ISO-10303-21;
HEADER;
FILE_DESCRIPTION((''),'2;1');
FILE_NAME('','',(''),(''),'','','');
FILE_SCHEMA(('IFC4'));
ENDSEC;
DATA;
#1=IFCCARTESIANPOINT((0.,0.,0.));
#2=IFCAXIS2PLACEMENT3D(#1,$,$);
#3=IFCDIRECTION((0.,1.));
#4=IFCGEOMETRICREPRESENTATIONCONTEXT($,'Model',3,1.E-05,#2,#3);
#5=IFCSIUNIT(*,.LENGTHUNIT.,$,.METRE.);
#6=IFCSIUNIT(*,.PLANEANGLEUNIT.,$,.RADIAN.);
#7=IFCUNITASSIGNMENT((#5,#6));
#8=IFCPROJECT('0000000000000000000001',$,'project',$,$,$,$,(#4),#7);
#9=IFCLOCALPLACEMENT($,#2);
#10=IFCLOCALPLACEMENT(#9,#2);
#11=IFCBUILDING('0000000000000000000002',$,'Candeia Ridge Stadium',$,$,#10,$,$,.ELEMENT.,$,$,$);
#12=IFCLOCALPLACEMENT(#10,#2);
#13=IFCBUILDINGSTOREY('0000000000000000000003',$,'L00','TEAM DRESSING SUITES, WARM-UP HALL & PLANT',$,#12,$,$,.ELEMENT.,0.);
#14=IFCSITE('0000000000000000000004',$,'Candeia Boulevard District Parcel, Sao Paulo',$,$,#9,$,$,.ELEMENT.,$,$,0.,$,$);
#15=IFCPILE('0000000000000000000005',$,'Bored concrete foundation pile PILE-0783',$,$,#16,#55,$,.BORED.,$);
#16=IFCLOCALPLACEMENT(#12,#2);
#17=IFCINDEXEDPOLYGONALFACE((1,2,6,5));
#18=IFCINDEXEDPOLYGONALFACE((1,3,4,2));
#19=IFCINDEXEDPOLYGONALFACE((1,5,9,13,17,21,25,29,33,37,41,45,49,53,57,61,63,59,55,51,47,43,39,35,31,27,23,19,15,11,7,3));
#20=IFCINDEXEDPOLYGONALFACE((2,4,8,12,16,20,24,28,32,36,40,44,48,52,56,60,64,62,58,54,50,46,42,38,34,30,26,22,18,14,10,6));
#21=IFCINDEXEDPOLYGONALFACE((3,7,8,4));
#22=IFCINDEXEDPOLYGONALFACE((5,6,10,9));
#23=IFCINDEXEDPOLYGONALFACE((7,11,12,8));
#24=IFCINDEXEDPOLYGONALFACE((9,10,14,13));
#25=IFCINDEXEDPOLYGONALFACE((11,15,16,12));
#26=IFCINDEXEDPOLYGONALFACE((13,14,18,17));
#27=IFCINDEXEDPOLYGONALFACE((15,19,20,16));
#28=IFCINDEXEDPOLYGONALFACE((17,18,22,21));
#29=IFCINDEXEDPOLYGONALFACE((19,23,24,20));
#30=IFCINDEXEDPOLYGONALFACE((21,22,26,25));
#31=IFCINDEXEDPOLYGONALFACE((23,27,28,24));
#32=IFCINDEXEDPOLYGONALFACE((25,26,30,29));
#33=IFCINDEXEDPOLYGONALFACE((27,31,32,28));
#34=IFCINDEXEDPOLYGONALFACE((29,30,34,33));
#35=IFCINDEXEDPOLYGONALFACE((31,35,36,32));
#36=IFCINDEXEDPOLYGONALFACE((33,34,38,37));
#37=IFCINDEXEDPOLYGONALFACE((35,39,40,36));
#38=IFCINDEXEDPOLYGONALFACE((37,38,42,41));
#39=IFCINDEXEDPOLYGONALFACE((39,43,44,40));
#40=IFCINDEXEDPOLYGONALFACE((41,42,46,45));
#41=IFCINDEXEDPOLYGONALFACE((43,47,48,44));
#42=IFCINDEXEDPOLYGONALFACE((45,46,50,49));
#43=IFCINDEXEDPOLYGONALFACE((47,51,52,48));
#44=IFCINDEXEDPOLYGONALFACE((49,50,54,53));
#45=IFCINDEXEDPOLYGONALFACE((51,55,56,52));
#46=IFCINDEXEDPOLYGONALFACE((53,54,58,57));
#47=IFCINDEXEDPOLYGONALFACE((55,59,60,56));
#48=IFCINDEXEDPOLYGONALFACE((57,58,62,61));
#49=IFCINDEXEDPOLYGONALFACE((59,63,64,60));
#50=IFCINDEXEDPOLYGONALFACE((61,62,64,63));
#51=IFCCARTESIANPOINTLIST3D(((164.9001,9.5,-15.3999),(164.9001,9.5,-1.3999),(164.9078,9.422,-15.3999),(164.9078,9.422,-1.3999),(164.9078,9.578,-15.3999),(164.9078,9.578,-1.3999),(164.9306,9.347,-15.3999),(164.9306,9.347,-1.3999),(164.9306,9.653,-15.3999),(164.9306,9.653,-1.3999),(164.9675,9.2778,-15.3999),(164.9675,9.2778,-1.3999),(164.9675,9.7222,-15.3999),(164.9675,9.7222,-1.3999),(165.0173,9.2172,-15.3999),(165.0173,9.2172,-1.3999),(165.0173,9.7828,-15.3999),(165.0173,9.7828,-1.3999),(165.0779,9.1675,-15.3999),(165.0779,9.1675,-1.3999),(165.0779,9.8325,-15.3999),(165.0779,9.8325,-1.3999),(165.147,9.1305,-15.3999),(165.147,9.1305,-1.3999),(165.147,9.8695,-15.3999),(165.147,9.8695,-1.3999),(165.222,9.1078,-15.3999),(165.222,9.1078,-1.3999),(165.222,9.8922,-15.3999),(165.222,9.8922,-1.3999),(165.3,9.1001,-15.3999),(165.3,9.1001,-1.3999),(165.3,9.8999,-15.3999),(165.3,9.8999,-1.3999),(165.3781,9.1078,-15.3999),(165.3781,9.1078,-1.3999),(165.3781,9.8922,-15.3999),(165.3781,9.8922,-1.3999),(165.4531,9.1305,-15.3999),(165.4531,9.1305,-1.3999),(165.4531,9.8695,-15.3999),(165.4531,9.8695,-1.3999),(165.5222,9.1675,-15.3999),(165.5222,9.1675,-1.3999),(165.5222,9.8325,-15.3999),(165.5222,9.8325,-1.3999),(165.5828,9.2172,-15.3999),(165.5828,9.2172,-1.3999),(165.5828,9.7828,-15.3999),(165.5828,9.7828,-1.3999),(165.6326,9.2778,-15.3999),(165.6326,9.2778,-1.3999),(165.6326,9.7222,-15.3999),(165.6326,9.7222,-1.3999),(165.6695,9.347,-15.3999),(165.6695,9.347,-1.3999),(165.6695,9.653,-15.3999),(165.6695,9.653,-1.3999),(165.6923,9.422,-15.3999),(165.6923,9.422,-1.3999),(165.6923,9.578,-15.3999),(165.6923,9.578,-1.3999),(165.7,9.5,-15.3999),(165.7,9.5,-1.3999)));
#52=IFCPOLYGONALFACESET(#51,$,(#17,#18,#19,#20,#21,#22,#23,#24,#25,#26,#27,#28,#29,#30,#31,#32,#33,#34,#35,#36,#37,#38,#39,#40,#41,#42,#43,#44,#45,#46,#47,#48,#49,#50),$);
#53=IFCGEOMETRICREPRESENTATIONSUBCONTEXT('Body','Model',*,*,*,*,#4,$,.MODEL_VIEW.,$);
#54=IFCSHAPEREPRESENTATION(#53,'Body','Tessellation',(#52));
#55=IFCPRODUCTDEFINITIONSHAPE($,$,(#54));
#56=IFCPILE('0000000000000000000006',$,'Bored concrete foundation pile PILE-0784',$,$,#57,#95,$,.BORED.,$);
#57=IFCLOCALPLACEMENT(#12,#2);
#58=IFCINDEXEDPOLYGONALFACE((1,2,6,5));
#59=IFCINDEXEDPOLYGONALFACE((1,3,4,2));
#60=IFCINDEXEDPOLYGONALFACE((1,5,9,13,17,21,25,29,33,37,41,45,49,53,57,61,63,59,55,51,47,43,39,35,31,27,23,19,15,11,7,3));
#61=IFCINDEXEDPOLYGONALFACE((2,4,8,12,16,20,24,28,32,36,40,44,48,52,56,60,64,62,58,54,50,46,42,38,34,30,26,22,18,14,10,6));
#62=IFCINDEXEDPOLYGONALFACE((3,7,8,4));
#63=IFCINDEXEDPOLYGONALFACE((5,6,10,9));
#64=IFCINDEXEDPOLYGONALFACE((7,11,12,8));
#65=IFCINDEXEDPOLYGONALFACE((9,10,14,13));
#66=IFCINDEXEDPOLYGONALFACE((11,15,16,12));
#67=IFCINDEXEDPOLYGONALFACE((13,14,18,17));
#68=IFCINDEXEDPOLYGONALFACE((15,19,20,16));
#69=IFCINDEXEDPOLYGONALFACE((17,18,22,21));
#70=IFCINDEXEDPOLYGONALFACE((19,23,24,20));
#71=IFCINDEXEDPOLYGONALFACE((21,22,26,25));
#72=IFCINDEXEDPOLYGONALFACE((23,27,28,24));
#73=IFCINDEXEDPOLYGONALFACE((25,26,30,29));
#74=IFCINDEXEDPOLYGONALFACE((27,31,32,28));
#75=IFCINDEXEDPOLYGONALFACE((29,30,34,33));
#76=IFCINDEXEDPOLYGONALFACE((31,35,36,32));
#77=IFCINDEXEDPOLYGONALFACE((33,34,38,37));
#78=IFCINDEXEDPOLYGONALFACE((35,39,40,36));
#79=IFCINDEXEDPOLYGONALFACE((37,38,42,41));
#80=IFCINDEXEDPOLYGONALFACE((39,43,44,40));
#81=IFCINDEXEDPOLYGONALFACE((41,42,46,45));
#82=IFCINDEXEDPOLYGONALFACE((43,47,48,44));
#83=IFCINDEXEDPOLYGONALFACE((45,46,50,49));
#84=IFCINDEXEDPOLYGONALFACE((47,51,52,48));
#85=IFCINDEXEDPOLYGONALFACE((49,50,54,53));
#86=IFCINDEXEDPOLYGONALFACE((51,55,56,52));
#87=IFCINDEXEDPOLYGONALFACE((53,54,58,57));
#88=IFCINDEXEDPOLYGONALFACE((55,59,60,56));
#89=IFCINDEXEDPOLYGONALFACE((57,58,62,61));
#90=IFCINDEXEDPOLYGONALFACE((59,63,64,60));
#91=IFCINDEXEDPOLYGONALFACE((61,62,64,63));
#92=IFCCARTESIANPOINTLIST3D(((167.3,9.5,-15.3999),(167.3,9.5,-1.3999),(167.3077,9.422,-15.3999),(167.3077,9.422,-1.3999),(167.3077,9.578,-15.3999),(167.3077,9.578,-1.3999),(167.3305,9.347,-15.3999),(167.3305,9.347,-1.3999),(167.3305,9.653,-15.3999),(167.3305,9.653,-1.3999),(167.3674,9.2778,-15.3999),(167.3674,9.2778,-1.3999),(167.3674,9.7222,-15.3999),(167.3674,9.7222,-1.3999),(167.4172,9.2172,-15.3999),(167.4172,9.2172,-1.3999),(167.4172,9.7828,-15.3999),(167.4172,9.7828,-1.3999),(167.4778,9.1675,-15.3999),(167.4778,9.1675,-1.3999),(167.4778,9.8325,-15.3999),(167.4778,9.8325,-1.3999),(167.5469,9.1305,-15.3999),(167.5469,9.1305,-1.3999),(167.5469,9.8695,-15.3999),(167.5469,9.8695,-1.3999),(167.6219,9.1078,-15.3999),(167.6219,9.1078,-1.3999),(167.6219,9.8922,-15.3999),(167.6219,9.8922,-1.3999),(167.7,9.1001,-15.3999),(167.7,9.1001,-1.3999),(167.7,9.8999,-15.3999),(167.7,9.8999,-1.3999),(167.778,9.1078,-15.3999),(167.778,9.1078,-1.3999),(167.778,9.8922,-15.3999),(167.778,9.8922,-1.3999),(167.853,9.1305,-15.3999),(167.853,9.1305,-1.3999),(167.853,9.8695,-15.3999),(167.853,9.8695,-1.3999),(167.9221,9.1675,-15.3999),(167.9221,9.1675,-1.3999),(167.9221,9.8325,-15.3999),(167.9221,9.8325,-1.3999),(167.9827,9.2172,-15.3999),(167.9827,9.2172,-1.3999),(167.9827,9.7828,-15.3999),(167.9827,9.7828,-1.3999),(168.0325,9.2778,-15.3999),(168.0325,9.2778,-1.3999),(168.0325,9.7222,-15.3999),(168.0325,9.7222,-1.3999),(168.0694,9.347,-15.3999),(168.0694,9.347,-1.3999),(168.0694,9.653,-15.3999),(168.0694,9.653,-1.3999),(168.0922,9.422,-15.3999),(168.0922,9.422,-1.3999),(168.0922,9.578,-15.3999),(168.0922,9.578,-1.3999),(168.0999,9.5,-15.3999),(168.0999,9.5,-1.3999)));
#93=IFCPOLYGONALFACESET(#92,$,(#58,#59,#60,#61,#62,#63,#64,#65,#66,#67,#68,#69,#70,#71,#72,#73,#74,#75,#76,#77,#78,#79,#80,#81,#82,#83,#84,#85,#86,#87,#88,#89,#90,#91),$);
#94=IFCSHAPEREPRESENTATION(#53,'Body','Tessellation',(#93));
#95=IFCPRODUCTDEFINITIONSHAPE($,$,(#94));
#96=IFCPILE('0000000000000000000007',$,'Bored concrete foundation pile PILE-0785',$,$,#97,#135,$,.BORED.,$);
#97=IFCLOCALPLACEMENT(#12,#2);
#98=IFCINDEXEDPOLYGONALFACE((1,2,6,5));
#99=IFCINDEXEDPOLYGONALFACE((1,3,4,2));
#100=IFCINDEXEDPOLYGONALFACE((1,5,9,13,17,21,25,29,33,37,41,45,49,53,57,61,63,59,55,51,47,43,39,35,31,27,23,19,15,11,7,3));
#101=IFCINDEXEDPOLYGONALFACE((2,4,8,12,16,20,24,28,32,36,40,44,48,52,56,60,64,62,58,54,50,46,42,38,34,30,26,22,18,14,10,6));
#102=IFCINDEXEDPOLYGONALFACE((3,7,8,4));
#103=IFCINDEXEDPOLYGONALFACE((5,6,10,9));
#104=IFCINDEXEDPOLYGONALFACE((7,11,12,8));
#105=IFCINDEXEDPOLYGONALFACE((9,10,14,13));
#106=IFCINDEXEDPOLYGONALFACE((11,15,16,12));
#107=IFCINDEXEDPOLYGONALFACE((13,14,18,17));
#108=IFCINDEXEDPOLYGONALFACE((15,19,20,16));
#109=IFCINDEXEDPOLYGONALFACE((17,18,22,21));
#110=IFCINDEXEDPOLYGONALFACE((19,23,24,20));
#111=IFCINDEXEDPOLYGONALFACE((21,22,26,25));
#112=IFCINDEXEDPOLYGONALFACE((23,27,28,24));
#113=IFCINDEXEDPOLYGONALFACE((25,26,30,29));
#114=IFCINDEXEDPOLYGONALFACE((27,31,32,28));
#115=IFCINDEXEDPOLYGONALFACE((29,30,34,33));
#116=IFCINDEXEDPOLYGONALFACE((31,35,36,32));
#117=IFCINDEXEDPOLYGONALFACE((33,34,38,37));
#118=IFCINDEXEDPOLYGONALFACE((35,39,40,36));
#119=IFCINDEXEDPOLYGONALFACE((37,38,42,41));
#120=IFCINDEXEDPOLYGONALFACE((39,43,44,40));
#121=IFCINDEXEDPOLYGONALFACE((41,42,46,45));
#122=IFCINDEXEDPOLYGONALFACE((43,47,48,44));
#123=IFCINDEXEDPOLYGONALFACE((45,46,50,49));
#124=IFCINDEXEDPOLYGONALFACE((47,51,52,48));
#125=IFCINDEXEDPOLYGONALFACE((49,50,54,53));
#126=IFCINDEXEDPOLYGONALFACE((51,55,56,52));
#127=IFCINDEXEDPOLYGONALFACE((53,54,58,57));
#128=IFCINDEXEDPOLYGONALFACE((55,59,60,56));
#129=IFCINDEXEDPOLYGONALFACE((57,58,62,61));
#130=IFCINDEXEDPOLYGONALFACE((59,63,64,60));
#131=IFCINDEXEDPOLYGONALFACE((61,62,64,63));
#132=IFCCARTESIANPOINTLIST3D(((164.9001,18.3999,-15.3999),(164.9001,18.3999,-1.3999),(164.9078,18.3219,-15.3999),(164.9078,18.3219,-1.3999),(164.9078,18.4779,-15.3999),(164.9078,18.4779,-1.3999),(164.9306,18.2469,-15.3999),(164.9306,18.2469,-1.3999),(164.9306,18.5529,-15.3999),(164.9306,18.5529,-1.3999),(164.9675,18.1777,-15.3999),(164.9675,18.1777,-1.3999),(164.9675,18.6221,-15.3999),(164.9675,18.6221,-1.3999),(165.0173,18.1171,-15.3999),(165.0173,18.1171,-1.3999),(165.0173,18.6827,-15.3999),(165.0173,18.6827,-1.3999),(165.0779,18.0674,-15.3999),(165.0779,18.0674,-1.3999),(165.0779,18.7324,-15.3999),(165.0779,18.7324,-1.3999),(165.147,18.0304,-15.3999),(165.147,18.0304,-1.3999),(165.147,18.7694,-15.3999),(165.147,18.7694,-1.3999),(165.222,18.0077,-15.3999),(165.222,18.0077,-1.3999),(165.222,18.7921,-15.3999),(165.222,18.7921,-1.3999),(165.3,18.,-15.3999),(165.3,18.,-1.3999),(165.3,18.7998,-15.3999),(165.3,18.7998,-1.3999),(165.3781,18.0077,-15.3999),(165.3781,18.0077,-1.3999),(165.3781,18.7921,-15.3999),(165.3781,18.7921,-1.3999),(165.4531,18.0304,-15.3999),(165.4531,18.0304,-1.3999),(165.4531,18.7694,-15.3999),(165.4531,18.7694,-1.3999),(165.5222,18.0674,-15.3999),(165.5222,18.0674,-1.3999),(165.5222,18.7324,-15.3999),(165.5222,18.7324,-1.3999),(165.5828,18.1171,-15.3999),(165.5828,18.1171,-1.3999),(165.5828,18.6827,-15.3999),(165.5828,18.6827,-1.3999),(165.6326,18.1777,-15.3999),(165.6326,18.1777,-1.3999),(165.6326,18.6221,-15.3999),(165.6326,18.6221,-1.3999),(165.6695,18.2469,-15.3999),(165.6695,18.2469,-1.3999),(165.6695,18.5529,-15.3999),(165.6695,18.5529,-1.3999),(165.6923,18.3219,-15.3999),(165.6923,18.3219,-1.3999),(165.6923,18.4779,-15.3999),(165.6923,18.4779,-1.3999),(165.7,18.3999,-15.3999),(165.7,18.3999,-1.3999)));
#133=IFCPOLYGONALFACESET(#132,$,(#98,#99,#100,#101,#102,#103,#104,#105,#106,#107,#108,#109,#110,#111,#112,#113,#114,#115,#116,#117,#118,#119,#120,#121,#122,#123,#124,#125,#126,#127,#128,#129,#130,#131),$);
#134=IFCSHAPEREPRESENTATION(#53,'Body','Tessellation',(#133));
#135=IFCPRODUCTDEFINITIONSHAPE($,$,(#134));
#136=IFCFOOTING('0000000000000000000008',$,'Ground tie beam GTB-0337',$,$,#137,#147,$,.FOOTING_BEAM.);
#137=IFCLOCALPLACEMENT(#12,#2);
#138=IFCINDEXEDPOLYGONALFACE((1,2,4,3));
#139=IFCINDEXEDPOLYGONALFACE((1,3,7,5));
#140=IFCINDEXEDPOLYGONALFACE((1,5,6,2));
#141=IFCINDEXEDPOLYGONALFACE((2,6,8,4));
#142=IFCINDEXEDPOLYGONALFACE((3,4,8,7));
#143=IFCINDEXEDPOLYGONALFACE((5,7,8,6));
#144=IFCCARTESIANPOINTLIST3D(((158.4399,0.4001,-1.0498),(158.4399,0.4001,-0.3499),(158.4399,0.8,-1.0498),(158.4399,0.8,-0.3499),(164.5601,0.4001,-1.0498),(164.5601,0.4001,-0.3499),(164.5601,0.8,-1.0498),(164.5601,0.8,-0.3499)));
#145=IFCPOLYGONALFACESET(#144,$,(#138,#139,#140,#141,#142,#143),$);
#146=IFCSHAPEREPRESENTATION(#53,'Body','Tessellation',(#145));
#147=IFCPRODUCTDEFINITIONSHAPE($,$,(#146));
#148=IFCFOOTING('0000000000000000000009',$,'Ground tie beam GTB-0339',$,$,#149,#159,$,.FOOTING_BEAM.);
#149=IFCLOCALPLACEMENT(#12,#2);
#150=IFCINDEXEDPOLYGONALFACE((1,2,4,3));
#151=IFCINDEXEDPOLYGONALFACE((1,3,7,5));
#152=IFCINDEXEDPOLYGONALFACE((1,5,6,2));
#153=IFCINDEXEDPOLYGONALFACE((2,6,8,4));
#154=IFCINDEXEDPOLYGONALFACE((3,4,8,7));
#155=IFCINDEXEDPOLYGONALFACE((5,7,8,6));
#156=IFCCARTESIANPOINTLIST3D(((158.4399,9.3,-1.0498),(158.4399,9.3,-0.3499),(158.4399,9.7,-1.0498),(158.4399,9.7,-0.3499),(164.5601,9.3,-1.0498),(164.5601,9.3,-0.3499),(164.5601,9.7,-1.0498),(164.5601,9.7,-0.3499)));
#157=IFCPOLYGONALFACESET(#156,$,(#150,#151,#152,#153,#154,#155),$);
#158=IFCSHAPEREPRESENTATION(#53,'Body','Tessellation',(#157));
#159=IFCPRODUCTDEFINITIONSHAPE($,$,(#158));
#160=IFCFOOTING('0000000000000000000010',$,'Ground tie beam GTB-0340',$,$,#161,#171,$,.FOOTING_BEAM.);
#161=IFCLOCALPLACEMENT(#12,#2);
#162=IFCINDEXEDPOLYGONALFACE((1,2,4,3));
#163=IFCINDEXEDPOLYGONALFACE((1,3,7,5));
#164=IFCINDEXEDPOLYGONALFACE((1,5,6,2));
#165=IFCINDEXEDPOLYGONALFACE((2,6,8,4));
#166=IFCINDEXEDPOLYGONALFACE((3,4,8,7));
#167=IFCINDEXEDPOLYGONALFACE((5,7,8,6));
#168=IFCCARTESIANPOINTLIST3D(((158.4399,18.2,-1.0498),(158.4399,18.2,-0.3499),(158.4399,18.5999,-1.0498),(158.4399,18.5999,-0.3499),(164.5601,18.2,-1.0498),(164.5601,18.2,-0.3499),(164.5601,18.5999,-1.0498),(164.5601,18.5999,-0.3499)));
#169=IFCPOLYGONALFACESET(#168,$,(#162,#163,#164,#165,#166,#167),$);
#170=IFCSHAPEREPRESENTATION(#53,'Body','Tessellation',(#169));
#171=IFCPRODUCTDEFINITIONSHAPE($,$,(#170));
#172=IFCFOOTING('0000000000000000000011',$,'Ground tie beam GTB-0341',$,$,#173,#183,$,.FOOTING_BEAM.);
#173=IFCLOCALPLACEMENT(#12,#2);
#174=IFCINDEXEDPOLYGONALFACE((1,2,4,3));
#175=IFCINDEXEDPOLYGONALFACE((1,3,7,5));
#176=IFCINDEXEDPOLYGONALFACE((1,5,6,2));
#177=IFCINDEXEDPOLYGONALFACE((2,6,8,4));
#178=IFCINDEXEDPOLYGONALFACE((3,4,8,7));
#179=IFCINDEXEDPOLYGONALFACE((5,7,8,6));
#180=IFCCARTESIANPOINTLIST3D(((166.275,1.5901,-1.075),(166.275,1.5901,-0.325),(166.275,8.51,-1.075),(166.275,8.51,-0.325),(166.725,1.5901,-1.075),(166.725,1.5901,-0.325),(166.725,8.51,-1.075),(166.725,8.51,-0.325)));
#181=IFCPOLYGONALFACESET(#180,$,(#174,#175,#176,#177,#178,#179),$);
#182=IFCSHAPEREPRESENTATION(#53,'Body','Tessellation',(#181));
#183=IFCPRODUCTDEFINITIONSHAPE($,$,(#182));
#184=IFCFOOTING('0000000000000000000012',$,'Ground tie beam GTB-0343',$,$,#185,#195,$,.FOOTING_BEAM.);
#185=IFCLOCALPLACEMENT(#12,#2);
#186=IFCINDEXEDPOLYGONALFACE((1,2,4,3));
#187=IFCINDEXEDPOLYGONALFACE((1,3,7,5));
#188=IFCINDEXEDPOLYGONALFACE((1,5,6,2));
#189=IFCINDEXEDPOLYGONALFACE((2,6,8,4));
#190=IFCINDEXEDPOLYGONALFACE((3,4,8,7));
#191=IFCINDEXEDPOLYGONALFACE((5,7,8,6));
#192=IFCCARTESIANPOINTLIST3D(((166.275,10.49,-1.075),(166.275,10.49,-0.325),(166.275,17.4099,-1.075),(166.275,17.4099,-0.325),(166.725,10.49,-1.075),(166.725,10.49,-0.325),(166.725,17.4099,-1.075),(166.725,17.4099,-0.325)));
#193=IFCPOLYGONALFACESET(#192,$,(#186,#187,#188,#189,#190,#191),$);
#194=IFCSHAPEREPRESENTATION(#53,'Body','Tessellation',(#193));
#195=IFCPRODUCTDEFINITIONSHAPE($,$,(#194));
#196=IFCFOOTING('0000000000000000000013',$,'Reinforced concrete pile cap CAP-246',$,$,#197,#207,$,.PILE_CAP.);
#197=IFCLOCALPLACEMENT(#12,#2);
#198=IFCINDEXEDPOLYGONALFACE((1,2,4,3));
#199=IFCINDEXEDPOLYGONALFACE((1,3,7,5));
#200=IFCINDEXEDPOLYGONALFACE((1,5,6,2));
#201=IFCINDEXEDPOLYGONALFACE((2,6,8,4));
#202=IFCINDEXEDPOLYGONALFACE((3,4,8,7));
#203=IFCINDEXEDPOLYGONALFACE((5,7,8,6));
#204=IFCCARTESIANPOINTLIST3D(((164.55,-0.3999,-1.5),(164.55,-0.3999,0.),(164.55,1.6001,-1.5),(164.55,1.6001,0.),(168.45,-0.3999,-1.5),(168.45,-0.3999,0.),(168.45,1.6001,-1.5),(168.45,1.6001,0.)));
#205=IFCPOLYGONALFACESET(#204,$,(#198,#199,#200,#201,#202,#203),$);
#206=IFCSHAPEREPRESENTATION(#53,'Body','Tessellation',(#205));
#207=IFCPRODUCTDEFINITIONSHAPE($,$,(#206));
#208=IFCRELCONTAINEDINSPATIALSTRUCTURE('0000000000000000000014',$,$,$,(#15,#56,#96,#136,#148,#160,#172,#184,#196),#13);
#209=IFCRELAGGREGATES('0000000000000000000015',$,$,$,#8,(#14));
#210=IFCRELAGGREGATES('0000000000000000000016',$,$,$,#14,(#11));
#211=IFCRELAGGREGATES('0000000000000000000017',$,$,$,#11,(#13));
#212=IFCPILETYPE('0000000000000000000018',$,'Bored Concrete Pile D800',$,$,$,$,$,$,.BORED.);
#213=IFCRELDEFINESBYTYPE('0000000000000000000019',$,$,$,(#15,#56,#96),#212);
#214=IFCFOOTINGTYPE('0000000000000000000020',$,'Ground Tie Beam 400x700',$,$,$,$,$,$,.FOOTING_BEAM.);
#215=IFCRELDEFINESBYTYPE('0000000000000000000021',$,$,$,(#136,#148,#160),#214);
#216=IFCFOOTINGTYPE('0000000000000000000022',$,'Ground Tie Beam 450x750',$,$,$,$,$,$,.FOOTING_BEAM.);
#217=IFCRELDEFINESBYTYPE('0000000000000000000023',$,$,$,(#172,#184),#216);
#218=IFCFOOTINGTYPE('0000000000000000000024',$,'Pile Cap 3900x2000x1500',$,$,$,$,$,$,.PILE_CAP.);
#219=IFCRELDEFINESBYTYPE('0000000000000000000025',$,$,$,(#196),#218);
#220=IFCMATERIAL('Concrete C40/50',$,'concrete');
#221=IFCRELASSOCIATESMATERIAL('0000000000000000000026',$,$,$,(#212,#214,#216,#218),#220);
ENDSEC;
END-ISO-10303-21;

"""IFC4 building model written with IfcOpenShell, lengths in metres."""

from ifc_helpers import new_model, si_unit, direction, frame, origin, origin_2d, place, context, subcontext, project, spatial, rectangle, circle, extrude, material, material_profile, profile_set, type_object, element, save


model = new_model("IFC4")

# Units and contexts
model_context = context("Model", 3, precision=1e-05, world=origin(), true_north=direction((0.0, 1.0)))
body_context = subcontext(model_context, "Body", "Model", "MODEL_VIEW")
ifc_project = project(units=[si_unit("LENGTHUNIT", "METRE"), si_unit("PLANEANGLEUNIT", "RADIAN")], contexts=[model_context])

# Site, building, storey
site_placement = place(None, origin())
site = spatial("IfcSite", under=ifc_project, at=site_placement, Name="Candeia Boulevard District Parcel, Sao Paulo", CompositionType="ELEMENT", RefElevation=0.0)
building_placement = place(site_placement, origin())
building = spatial("IfcBuilding", under=site, at=building_placement, Name="Candeia Ridge Stadium", CompositionType="ELEMENT")
storey_placement = place(building_placement, origin())
storey = spatial("IfcBuildingStorey", under=building, at=storey_placement, Name="L00", Description="TEAM DRESSING SUITES, WARM-UP HALL & PLANT", CompositionType="ELEMENT", Elevation=0.0)

# Piles
ifc_material_1 = material(Name="Concrete C40/50", Category="concrete")
ifc_material_profile_1 = material_profile(ifc_material_1, circle(Radius=0.3999, at=origin_2d()), Name="PILE-D800", Category="concrete")
ifc_profile_set_1 = profile_set([ifc_material_profile_1], Name="Concrete C40/50")
pile_type = type_object("IfcPileType", Name="Bored Concrete Pile D800", PredefinedType="BORED", material=ifc_profile_set_1)
for number, where, z_axis, x_axis, name in (
    (1, (165.3, 9.5, -1.3999), (0.0, 0.0, -1.0), (1.0, 0.0, 0.0), "Bored concrete foundation pile PILE-0783"),
    (2, (167.7, 9.5, -1.3999), (0.0, 0.0, -1.0), (1.0, 0.0, 0.0), "Bored concrete foundation pile PILE-0784"),
    (3, (165.3, 18.3999, -1.3999), (0.0, 0.0, -1.0), (1.0, 0.0, 0.0), "Bored concrete foundation pile PILE-0785"),
):
    element("IfcPile", number, at=place(storey_placement, frame(where, z_axis=z_axis, x_axis=x_axis)), inside=storey, type_object=pile_type, Name=name, PredefinedType="BORED", context=body_context, shape_type="SweptSolid", body=[
        extrude(circle(Radius=0.3999, at=origin_2d()), origin(), (0.0, 0.0, 1.0), 14.0),
    ])

# Footings
footing_type_1 = type_object("IfcFootingType", Name="Ground Tie Beam 400x700", PredefinedType="FOOTING_BEAM", material=ifc_material_1)
for number, where, z_axis, x_axis, name in (
    (4, (161.5, 0.6001, -1.0498), (0.0, 0.0, 1.0), (1.0, 0.0, 0.0), "Ground tie beam GTB-0337"),
    (5, (161.5, 9.5, -1.0498), (0.0, 0.0, 1.0), (1.0, 0.0, 0.0), "Ground tie beam GTB-0339"),
    (6, (161.5, 18.3999, -1.0498), (0.0, 0.0, 1.0), (1.0, 0.0, 0.0), "Ground tie beam GTB-0340"),
):
    element("IfcFooting", number, at=place(storey_placement, frame(where, z_axis=z_axis, x_axis=x_axis)), inside=storey, type_object=footing_type_1, Name=name, PredefinedType="FOOTING_BEAM", context=body_context, shape_type="SweptSolid", body=[
        extrude(rectangle(XDim=6.1201, YDim=0.3999, at=origin_2d()), origin(), (0.0, 0.0, 1.0), 0.7),
    ])
footing_type_2 = type_object("IfcFootingType", Name="Ground Tie Beam 450x750", PredefinedType="FOOTING_BEAM", material=ifc_material_1)
for number, where, z_axis, x_axis, name in (
    (7, (166.5, 5.05, -1.075), (0.0, 0.0, 1.0), (0.0, 1.0, 0.0), "Ground tie beam GTB-0341"),
    (8, (166.5, 13.95, -1.075), (0.0, 0.0, 1.0), (0.0, 1.0, 0.0), "Ground tie beam GTB-0343"),
):
    element("IfcFooting", number, at=place(storey_placement, frame(where, z_axis=z_axis, x_axis=x_axis)), inside=storey, type_object=footing_type_2, Name=name, PredefinedType="FOOTING_BEAM", context=body_context, shape_type="SweptSolid", body=[
        extrude(rectangle(XDim=6.9199, YDim=0.45, at=origin_2d()), origin(), (0.0, 0.0, 1.0), 0.75),
    ])
footing_type_3 = type_object("IfcFootingType", Name="Pile Cap 3900x2000x1500", PredefinedType="PILE_CAP", material=ifc_material_1)
for number, where, z_axis, x_axis, name in (
    (9, (166.5, 0.6001, -1.5), (0.0, 0.0, 1.0), (1.0, 0.0, 0.0), "Reinforced concrete pile cap CAP-246"),
):
    element("IfcFooting", number, at=place(storey_placement, frame(where, z_axis=z_axis, x_axis=x_axis)), inside=storey, type_object=footing_type_3, Name=name, PredefinedType="PILE_CAP", context=body_context, shape_type="SweptSolid", body=[
        extrude(rectangle(XDim=3.8999, YDim=2.0, at=origin_2d()), origin(), (0.0, 0.0, 1.0), 1.5),
    ])

save(model, "model.ifc")
